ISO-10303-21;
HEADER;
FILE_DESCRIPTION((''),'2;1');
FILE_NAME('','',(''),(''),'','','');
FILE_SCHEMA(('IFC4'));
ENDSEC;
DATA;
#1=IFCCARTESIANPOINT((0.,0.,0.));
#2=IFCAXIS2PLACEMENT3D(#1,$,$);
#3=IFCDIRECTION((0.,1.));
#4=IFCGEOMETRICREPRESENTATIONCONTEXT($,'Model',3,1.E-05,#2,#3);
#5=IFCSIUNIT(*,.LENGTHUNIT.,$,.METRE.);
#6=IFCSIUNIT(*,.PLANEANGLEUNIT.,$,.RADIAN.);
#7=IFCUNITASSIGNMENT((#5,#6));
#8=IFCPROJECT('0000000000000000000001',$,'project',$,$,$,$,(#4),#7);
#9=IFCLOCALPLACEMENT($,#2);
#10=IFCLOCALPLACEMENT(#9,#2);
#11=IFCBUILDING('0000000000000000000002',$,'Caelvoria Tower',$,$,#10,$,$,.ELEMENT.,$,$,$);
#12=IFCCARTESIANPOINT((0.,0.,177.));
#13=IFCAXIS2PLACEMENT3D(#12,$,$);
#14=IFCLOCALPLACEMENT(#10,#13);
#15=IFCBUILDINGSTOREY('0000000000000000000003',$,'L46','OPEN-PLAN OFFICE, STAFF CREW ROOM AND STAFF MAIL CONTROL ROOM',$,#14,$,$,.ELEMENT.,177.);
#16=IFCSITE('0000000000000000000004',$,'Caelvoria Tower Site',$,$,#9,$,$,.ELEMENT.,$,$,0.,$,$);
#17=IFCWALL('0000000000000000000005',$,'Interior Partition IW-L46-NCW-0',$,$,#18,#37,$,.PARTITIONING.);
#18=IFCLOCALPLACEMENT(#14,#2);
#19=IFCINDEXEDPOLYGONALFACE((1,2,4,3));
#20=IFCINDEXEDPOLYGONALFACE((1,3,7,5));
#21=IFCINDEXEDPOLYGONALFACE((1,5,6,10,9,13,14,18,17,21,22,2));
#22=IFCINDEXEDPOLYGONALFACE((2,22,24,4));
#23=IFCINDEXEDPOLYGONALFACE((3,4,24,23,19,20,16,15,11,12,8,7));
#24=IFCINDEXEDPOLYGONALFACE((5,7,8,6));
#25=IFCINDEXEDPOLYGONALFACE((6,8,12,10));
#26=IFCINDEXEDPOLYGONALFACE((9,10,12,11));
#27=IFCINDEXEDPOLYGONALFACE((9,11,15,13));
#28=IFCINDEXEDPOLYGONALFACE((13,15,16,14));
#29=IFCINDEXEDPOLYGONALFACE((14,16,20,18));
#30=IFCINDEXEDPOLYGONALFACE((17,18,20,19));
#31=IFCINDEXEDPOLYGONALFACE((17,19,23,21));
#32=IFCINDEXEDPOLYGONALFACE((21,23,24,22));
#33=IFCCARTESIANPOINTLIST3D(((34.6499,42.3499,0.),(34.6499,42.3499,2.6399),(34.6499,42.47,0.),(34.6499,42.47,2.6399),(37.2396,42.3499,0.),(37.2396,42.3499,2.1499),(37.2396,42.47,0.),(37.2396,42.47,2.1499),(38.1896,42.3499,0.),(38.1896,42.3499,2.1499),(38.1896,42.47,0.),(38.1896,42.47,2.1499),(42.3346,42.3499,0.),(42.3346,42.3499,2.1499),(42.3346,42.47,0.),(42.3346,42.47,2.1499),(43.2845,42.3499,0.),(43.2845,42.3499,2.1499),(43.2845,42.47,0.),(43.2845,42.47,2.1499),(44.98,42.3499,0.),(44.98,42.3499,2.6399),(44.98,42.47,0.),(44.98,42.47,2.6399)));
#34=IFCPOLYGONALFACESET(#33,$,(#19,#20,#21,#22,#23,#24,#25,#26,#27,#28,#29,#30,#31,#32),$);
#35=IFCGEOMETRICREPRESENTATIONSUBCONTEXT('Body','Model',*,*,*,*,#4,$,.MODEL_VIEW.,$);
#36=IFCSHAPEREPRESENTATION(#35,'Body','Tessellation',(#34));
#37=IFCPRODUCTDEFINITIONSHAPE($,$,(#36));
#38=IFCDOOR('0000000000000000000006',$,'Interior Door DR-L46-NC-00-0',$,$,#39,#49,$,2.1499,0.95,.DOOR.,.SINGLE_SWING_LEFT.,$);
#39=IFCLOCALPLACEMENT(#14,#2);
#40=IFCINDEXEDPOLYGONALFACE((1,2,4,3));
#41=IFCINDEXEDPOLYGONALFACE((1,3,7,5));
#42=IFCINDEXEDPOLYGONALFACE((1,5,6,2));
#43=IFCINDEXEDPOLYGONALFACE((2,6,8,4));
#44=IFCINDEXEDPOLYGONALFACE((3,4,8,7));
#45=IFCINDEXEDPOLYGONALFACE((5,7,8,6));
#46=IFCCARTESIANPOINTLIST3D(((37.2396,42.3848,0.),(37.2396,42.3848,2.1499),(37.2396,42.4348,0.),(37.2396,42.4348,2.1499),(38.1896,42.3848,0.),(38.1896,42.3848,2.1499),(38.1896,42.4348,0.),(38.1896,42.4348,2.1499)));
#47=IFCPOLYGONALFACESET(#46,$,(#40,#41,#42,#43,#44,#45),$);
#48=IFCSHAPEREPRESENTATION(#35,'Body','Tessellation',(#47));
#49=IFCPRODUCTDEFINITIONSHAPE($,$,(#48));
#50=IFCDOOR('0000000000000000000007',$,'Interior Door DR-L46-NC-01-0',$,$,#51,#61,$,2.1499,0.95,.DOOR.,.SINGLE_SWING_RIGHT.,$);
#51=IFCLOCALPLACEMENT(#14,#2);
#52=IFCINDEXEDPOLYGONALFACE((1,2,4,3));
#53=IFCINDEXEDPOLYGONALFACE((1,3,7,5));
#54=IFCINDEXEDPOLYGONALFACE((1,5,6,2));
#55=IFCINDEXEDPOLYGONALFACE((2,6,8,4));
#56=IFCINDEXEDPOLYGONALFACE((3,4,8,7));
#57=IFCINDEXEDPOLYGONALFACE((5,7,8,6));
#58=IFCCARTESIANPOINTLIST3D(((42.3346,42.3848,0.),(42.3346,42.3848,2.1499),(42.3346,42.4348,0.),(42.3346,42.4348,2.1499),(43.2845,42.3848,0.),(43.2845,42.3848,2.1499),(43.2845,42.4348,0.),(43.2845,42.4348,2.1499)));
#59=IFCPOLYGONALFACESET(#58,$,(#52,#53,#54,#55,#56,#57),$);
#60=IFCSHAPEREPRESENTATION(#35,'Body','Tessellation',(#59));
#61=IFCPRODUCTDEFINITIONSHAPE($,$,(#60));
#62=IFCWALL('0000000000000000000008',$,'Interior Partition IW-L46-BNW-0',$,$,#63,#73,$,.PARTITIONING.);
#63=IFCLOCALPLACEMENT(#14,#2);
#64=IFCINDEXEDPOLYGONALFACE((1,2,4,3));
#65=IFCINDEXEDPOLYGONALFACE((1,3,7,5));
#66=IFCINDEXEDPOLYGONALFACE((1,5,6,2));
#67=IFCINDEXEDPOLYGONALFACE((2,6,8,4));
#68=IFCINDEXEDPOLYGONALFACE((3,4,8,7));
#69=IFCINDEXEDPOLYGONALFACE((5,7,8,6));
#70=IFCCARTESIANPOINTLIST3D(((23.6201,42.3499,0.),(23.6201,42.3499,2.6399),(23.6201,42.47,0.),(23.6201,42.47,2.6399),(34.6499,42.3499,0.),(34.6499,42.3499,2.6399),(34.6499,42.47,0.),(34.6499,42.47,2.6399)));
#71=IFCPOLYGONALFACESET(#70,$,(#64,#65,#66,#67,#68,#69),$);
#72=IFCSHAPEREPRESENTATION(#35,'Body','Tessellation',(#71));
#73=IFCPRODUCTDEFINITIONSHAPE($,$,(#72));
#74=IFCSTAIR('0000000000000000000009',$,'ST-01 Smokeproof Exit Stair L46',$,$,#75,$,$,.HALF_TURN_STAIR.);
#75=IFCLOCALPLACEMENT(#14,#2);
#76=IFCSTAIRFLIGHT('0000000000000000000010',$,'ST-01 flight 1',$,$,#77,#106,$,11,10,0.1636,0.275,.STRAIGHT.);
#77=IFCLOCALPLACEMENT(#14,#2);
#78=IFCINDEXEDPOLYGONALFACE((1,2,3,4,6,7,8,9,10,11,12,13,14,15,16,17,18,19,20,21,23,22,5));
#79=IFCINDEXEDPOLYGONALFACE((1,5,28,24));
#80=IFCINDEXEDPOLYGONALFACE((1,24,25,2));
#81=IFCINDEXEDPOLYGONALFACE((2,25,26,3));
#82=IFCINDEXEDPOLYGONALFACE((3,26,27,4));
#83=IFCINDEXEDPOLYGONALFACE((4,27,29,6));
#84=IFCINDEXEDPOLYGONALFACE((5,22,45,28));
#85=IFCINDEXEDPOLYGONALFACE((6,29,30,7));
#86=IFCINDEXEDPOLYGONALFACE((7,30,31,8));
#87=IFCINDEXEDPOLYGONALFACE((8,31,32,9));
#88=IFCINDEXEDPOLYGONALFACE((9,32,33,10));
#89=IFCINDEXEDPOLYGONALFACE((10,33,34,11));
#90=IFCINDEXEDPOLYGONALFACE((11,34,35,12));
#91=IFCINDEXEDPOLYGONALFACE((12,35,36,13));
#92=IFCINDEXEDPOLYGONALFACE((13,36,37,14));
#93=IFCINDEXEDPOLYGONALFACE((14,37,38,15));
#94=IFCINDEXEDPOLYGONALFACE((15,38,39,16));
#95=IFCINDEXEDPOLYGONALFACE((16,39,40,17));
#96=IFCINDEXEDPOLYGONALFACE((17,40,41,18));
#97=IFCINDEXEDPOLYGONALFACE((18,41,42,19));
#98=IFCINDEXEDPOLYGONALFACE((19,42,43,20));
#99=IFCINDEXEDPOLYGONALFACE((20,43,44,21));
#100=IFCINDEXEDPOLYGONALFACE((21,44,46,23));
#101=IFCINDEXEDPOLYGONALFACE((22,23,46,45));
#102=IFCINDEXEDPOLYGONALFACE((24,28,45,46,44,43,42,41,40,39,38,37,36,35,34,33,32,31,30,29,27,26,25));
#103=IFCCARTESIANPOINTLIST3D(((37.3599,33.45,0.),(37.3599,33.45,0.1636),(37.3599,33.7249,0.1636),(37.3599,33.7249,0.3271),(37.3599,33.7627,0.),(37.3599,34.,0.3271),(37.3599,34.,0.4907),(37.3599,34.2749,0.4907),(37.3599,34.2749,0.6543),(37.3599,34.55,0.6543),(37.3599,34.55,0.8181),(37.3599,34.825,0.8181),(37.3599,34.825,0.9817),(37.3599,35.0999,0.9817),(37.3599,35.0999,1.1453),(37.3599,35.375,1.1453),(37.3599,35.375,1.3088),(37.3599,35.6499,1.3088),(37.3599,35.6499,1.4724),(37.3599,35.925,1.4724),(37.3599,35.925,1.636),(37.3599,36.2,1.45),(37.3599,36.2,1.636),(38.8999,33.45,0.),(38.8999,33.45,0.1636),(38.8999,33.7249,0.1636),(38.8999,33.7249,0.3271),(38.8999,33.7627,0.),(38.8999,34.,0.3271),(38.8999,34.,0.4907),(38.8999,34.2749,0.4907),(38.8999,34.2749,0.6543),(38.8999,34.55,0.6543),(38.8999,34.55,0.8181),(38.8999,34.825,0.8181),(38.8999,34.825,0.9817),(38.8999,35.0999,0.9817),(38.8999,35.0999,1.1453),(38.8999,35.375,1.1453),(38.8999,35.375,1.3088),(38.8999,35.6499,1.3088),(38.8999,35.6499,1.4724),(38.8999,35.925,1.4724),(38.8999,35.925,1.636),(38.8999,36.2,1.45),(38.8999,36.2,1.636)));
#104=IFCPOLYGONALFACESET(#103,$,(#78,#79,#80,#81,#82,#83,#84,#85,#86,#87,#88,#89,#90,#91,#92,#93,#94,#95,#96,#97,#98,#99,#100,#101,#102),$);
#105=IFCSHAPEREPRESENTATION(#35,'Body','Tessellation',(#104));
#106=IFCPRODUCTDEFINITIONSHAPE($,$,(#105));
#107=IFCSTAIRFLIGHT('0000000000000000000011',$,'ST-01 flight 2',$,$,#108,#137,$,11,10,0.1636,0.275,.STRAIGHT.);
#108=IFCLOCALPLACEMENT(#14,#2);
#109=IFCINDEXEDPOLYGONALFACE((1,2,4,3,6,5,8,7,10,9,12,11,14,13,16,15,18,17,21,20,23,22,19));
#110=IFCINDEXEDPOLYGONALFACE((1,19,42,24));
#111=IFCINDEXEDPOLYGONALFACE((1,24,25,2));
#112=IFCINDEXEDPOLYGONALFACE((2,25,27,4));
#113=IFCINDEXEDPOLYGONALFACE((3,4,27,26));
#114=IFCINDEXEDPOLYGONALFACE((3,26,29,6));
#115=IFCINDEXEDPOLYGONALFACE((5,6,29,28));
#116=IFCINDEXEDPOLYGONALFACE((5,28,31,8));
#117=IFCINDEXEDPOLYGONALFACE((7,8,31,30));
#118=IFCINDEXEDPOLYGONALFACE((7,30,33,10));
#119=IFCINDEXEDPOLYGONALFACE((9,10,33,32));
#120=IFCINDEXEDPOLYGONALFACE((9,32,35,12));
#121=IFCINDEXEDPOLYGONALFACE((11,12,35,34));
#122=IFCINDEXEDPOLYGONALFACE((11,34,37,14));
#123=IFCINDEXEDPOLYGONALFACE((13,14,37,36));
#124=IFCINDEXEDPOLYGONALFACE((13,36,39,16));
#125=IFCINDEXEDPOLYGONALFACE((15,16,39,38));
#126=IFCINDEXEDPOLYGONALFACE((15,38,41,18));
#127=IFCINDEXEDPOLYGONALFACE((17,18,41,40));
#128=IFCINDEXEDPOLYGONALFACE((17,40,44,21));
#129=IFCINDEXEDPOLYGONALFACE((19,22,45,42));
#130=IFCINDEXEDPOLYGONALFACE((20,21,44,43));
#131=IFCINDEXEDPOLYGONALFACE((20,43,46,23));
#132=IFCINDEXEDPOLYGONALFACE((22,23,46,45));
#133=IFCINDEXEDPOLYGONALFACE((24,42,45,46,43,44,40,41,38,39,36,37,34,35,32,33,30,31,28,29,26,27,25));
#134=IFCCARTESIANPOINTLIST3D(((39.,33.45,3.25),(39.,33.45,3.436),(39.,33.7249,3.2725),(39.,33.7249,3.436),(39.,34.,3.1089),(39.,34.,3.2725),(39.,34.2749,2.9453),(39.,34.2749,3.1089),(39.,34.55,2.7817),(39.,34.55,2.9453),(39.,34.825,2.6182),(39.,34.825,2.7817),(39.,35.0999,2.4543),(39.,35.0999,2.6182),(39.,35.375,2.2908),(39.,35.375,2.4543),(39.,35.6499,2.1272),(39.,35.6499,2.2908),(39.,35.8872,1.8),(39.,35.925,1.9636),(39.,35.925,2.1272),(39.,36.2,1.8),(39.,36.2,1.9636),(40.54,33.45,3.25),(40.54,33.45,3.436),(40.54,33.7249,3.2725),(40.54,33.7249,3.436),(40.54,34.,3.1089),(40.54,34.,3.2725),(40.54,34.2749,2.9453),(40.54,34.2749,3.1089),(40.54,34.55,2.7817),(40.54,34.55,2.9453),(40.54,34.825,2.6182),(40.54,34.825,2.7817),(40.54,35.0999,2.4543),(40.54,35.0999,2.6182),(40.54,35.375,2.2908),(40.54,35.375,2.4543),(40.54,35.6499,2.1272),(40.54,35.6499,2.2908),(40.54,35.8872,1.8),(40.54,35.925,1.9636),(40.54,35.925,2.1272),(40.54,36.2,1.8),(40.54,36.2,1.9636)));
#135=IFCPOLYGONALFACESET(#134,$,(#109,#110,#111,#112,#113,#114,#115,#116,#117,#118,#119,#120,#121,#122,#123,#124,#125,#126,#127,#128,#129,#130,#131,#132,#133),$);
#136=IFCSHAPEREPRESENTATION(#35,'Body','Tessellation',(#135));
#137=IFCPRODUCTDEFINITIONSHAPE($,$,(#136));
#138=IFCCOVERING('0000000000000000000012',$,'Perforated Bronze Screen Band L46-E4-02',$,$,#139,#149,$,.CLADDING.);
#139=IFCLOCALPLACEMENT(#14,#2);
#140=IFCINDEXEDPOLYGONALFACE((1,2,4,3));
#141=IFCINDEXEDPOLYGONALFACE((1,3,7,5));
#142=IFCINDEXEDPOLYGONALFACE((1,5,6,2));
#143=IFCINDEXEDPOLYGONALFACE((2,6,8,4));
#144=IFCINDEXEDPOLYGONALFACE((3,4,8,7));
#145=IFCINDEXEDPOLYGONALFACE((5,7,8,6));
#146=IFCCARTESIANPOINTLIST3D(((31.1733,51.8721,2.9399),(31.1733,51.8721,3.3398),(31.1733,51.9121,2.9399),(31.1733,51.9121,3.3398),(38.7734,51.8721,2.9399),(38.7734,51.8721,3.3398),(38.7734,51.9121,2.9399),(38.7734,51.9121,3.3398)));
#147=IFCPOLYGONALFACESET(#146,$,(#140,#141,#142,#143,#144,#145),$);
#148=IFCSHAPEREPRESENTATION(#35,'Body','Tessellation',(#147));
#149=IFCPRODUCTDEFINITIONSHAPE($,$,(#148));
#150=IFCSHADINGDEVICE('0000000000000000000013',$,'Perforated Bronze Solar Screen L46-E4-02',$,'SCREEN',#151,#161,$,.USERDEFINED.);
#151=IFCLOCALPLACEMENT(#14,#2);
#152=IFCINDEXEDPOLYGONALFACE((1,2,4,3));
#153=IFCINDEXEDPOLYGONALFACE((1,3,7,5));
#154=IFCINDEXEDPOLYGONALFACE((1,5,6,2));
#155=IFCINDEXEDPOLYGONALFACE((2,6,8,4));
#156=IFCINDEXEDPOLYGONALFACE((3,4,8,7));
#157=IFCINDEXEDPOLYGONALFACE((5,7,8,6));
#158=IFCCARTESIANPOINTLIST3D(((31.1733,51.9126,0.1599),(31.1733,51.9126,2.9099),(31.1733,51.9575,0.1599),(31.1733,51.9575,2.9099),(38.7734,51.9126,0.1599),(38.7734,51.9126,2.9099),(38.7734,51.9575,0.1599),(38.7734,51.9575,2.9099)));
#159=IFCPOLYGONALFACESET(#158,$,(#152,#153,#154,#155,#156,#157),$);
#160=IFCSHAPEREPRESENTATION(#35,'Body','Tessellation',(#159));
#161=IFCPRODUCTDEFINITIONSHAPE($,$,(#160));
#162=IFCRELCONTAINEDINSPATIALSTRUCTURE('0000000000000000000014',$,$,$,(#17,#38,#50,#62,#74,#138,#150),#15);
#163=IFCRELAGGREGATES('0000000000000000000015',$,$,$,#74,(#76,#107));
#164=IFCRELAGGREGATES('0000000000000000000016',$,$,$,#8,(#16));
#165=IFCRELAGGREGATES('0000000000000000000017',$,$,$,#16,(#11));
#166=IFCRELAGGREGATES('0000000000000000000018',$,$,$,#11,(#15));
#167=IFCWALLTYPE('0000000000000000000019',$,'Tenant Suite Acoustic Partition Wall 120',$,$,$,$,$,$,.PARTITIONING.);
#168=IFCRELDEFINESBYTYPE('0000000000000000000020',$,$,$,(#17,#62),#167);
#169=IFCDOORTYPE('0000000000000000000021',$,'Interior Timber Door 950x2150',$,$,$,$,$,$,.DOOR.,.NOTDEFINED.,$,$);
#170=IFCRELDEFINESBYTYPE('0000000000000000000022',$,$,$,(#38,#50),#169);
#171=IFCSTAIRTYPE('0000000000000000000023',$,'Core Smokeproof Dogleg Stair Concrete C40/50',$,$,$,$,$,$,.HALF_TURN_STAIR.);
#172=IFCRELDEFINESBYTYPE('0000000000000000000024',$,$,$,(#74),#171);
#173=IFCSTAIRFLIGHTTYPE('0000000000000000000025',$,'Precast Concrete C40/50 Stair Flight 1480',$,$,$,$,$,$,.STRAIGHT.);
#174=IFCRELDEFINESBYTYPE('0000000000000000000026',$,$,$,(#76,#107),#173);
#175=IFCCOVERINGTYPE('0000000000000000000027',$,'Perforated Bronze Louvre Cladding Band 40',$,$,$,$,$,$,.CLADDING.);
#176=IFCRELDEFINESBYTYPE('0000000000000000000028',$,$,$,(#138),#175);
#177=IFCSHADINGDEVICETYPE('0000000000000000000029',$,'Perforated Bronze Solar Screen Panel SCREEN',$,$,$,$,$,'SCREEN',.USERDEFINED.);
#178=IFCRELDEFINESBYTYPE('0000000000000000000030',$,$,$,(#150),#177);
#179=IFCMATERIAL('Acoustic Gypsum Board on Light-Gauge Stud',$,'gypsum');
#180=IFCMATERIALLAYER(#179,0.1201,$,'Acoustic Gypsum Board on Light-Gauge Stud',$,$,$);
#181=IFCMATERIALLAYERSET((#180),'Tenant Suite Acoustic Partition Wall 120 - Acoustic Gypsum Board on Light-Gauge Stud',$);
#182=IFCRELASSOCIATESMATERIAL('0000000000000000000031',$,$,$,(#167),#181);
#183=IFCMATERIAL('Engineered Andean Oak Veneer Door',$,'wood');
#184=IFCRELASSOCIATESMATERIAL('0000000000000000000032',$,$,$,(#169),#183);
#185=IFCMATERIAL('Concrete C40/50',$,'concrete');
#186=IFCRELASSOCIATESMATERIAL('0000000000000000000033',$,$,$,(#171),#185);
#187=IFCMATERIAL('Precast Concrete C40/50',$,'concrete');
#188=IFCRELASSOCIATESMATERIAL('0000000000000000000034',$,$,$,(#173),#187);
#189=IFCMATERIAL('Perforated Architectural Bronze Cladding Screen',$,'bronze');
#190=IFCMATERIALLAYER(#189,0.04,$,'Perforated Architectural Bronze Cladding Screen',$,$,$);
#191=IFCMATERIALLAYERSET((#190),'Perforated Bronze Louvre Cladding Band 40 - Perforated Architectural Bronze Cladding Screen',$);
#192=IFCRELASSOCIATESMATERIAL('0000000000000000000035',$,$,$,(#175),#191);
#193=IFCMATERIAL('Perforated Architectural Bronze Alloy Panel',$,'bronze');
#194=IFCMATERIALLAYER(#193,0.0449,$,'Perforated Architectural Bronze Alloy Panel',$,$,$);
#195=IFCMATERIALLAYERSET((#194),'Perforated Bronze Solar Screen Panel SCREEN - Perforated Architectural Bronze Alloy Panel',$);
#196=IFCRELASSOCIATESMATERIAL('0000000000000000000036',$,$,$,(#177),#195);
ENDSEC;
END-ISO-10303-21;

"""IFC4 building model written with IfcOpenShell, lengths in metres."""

from ifc_helpers import new_model, si_unit, direction, frame, frame_2d, origin, origin_2d, place, context, subcontext, project, spatial, polyline, rectangle, outline, extrude, material, layer, layer_set, type_object, element, fill, aggregate, save


model = new_model("IFC4")

# Units and contexts
model_context = context("Model", 3, precision=1e-05, world=origin(), true_north=direction((0.0, 1.0)))
body_context = subcontext(model_context, "Body", "Model", "MODEL_VIEW")
ifc_project = project(units=[si_unit("LENGTHUNIT", "METRE"), si_unit("PLANEANGLEUNIT", "RADIAN")], contexts=[model_context])

# Site, building, storey
site_placement = place(None, origin())
site = spatial("IfcSite", under=ifc_project, at=site_placement, Name="Caelvoria Tower Site", CompositionType="ELEMENT", RefElevation=0.0)
building_placement = place(site_placement, origin())
building = spatial("IfcBuilding", under=site, at=building_placement, Name="Caelvoria Tower", CompositionType="ELEMENT")
storey_placement = place(building_placement, frame((0.0, 0.0, 177.0)))
storey = spatial("IfcBuildingStorey", under=building, at=storey_placement, Name="L46", Description="OPEN-PLAN OFFICE, STAFF CREW ROOM AND STAFF MAIL CONTROL ROOM", CompositionType="ELEMENT", Elevation=177.0)

# Shared definitions
ifc_material_1 = material(Name="Acoustic Gypsum Board on Light-Gauge Stud", Category="gypsum")
ifc_layer_1 = layer(ifc_material_1, 0.1201, Name="Acoustic Gypsum Board on Light-Gauge Stud")
ifc_layer_set_1 = layer_set([ifc_layer_1], Name="Tenant Suite Acoustic Partition Wall 120 - Acoustic Gypsum Board on Light-Gauge Stud")
wall_type_1 = type_object("IfcWallType", Name="Tenant Suite Acoustic Partition Wall 120", PredefinedType="PARTITIONING", material=ifc_layer_set_1)
ifc_material_2 = material(Name="Engineered Andean Oak Veneer Door", Category="wood")

# Wall, openings, doors
wall_1_placement = place(storey_placement, frame((34.6499, 42.4099, 0.0), z_axis=(0.0, 0.0, 1.0), x_axis=(1.0, 0.0, 0.0)))
wall_1 = element("IfcWall", 1, at=wall_1_placement, inside=storey, type_object=wall_type_1, Name="Interior Partition IW-L46-NCW-0", PredefinedType="PARTITIONING", context=body_context, shape_type="SweptSolid", body=[
    extrude(rectangle(XDim=10.3301, YDim=0.1201, at=frame_2d((5.165, 0.0))), origin(), (0.0, 0.0, 1.0), 2.6399),
])
opening_1_placement = place(wall_1_placement, frame((2.5896, 0.0, 0.0)))
opening_1 = element("IfcOpeningElement", 2, at=opening_1_placement, cuts=wall_1, PredefinedType="OPENING", context=body_context, shape_type="SweptSolid", body=[
    extrude(rectangle(XDim=0.95, YDim=2.1499, at=frame_2d((0.4751, 1.075))), frame((0.0, 0.0701, 0.0), z_axis=(0.0, -1.0, 0.0), x_axis=(1.0, 0.0, 0.0)), (0.0, 0.0, 1.0), 0.1401),
])
opening_2_placement = place(wall_1_placement, frame((7.6846, 0.0, 0.0)))
opening_2 = element("IfcOpeningElement", 3, at=opening_2_placement, cuts=wall_1, PredefinedType="OPENING", context=body_context, shape_type="SweptSolid", body=[
    extrude(rectangle(XDim=0.95, YDim=2.1499, at=frame_2d((0.4751, 1.075))), frame((0.0, 0.0701, 0.0), z_axis=(0.0, -1.0, 0.0), x_axis=(1.0, 0.0, 0.0)), (0.0, 0.0, 1.0), 0.1401),
])
door_type_1 = type_object("IfcDoorType", Name="Interior Timber Door 950x2150", OperationType="NOTDEFINED", PredefinedType="DOOR", material=ifc_material_2)
door_1_placement = place(opening_1_placement, origin())
door_1 = element("IfcDoor", 4, at=door_1_placement, inside=storey, type_object=door_type_1, Name="Interior Door DR-L46-NC-00-0", OperationType="SINGLE_SWING_LEFT", OverallHeight=2.1499, OverallWidth=0.95, PredefinedType="DOOR", context=body_context, shape_type="SweptSolid", body=[
    extrude(rectangle(XDim=0.95, YDim=2.1499, at=frame_2d((0.4751, 1.075))), frame((0.0, 0.0249, 0.0), z_axis=(0.0, -1.0, 0.0), x_axis=(1.0, 0.0, 0.0)), (0.0, 0.0, 1.0), 0.05),
])
fill(opening_1, door_1)
door_2_placement = place(opening_2_placement, origin())
door_2 = element("IfcDoor", 5, at=door_2_placement, inside=storey, type_object=door_type_1, Name="Interior Door DR-L46-NC-01-0", OperationType="SINGLE_SWING_RIGHT", OverallHeight=2.1499, OverallWidth=0.95, PredefinedType="DOOR", context=body_context, shape_type="SweptSolid", body=[
    extrude(rectangle(XDim=0.95, YDim=2.1499, at=frame_2d((0.4751, 1.075))), frame((0.0, 0.0249, 0.0), z_axis=(0.0, -1.0, 0.0), x_axis=(1.0, 0.0, 0.0)), (0.0, 0.0, 1.0), 0.05),
])
fill(opening_2, door_2)

# Wall
wall_2_placement = place(storey_placement, frame((34.6499, 42.4099, 0.0), z_axis=(0.0, 0.0, 1.0), x_axis=(-1.0, 0.0, 0.0)))
element("IfcWall", 6, at=wall_2_placement, inside=storey, type_object=wall_type_1, Name="Interior Partition IW-L46-BNW-0", PredefinedType="PARTITIONING", context=body_context, shape_type="SweptSolid", body=[
    extrude(rectangle(XDim=11.0298, YDim=0.1201, at=frame_2d((5.5149, 0.0))), origin(), (0.0, 0.0, 1.0), 2.6399),
])

# Stair, stair flights
ifc_material_3 = material(Name="Concrete C40/50", Category="concrete")
stair_type = type_object("IfcStairType", Name="Core Smokeproof Dogleg Stair Concrete C40/50", PredefinedType="HALF_TURN_STAIR", material=ifc_material_3)
stair_placement = place(storey_placement, origin())
stair = element("IfcStair", 7, at=stair_placement, inside=storey, type_object=stair_type, Name="ST-01 Smokeproof Exit Stair L46", PredefinedType="HALF_TURN_STAIR")
ifc_material_4 = material(Name="Precast Concrete C40/50", Category="concrete")
stair_flight_type = type_object("IfcStairFlightType", Name="Precast Concrete C40/50 Stair Flight 1480", PredefinedType="STRAIGHT", material=ifc_material_4)
stair_flight_1_placement = place(storey_placement, frame((38.1299, 33.45, 0.0), z_axis=(0.0, 0.0, 1.0), x_axis=(0.0, 1.0, 0.0)))
stair_flight_1 = element("IfcStairFlight", 8, at=stair_flight_1_placement, type_object=stair_flight_type, Name="ST-01 flight 1", NumberOfRisers=11, NumberOfTreads=10, PredefinedType="STRAIGHT", RiserHeight=0.1636, TreadLength=0.275, context=body_context, shape_type="SweptSolid", body=[
    extrude(outline(polyline([(0.0, 0.0), (0.0, 0.1636), (0.2749, 0.1636), (0.2749, 0.3271), (0.55, 0.3271), (0.55, 0.4907), (0.825, 0.4907), (0.825, 0.6543), (1.1001, 0.6543), (1.1001, 0.8181), (1.375, 0.8181), (1.375, 0.9817), (1.6499, 0.9817), (1.6499, 1.1453), (1.925, 1.1453), (1.925, 1.3088), (2.2, 1.3088), (2.2, 1.4724), (2.4751, 1.4724), (2.4751, 1.636), (2.75, 1.636), (2.75, 1.7996), (2.75, 1.45), (0.3127, 0.0), (0.0, 0.0)])), frame((0.0, 0.77, 0.0), z_axis=(0.0, -1.0, 0.0), x_axis=(1.0, 0.0, 0.0)), (0.0, 0.0, 1.0), 1.54),
])
stair_flight_2_placement = place(storey_placement, frame((39.77, 36.2, 1.8), z_axis=(0.0, 0.0, 1.0), x_axis=(0.0, -1.0, 0.0)))
stair_flight_2 = element("IfcStairFlight", 9, at=stair_flight_2_placement, type_object=stair_flight_type, Name="ST-01 flight 2", NumberOfRisers=11, NumberOfTreads=10, PredefinedType="STRAIGHT", RiserHeight=0.1636, TreadLength=0.275, context=body_context, shape_type="SweptSolid", body=[
    extrude(outline(polyline([(0.0, 0.0), (0.0, 0.1636), (0.2749, 0.1636), (0.2749, 0.3271), (0.55, 0.3271), (0.55, 0.4907), (0.825, 0.4907), (0.825, 0.6543), (1.1001, 0.6543), (1.1001, 0.8181), (1.375, 0.8181), (1.375, 0.9817), (1.6499, 0.9817), (1.6499, 1.1453), (1.925, 1.1453), (1.925, 1.3088), (2.2, 1.3088), (2.2, 1.4724), (2.4751, 1.4724), (2.4751, 1.636), (2.75, 1.636), (2.75, 1.7996), (2.75, 1.45), (0.3127, 0.0), (0.0, 0.0)])), frame((0.0, 0.77, 0.0), z_axis=(0.0, -1.0, 0.0), x_axis=(1.0, 0.0, 0.0)), (0.0, 0.0, 1.0), 1.54),
])
aggregate(stair, [stair_flight_1, stair_flight_2])

# Covering
ifc_material_5 = material(Name="Perforated Architectural Bronze Cladding Screen", Category="bronze")
ifc_layer_2 = layer(ifc_material_5, 0.04, Name="Perforated Architectural Bronze Cladding Screen")
ifc_layer_set_2 = layer_set([ifc_layer_2], Name="Perforated Bronze Louvre Cladding Band 40 - Perforated Architectural Bronze Cladding Screen")
covering_type = type_object("IfcCoveringType", Name="Perforated Bronze Louvre Cladding Band 40", PredefinedType="CLADDING", material=ifc_layer_set_2)
covering_placement = place(storey_placement, frame((34.9734, 51.8921, 2.9399), z_axis=(0.0, 0.0, 1.0), x_axis=(-1.0, 0.0, 0.0)))
element("IfcCovering", 10, at=covering_placement, inside=storey, type_object=covering_type, Name="Perforated Bronze Screen Band L46-E4-02", PredefinedType="CLADDING", context=body_context, shape_type="SweptSolid", body=[
    extrude(rectangle(XDim=7.6001, YDim=0.04, at=origin_2d()), origin(), (0.0, 0.0, 1.0), 0.3999),
])

# Shading device
ifc_material_6 = material(Name="Perforated Architectural Bronze Alloy Panel", Category="bronze")
ifc_layer_3 = layer(ifc_material_6, 0.0449, Name="Perforated Architectural Bronze Alloy Panel")
ifc_layer_set_3 = layer_set([ifc_layer_3], Name="Perforated Bronze Solar Screen Panel SCREEN - Perforated Architectural Bronze Alloy Panel")
shading_device_type = type_object("IfcShadingDeviceType", Name="Perforated Bronze Solar Screen Panel SCREEN", ElementType="SCREEN", PredefinedType="USERDEFINED", material=ifc_layer_set_3)
shading_device_placement = place(storey_placement, frame((34.9734, 51.9351, 0.1599), z_axis=(0.0, 0.0, 1.0), x_axis=(-1.0, 0.0, 0.0)))
element("IfcShadingDevice", 11, at=shading_device_placement, inside=storey, type_object=shading_device_type, Name="Perforated Bronze Solar Screen L46-E4-02", ObjectType="SCREEN", PredefinedType="USERDEFINED", context=body_context, shape_type="SweptSolid", body=[
    extrude(rectangle(XDim=7.6001, YDim=0.0449, at=origin_2d()), origin(), (0.0, 0.0, 1.0), 2.75),
])

save(model, "model.ifc")
